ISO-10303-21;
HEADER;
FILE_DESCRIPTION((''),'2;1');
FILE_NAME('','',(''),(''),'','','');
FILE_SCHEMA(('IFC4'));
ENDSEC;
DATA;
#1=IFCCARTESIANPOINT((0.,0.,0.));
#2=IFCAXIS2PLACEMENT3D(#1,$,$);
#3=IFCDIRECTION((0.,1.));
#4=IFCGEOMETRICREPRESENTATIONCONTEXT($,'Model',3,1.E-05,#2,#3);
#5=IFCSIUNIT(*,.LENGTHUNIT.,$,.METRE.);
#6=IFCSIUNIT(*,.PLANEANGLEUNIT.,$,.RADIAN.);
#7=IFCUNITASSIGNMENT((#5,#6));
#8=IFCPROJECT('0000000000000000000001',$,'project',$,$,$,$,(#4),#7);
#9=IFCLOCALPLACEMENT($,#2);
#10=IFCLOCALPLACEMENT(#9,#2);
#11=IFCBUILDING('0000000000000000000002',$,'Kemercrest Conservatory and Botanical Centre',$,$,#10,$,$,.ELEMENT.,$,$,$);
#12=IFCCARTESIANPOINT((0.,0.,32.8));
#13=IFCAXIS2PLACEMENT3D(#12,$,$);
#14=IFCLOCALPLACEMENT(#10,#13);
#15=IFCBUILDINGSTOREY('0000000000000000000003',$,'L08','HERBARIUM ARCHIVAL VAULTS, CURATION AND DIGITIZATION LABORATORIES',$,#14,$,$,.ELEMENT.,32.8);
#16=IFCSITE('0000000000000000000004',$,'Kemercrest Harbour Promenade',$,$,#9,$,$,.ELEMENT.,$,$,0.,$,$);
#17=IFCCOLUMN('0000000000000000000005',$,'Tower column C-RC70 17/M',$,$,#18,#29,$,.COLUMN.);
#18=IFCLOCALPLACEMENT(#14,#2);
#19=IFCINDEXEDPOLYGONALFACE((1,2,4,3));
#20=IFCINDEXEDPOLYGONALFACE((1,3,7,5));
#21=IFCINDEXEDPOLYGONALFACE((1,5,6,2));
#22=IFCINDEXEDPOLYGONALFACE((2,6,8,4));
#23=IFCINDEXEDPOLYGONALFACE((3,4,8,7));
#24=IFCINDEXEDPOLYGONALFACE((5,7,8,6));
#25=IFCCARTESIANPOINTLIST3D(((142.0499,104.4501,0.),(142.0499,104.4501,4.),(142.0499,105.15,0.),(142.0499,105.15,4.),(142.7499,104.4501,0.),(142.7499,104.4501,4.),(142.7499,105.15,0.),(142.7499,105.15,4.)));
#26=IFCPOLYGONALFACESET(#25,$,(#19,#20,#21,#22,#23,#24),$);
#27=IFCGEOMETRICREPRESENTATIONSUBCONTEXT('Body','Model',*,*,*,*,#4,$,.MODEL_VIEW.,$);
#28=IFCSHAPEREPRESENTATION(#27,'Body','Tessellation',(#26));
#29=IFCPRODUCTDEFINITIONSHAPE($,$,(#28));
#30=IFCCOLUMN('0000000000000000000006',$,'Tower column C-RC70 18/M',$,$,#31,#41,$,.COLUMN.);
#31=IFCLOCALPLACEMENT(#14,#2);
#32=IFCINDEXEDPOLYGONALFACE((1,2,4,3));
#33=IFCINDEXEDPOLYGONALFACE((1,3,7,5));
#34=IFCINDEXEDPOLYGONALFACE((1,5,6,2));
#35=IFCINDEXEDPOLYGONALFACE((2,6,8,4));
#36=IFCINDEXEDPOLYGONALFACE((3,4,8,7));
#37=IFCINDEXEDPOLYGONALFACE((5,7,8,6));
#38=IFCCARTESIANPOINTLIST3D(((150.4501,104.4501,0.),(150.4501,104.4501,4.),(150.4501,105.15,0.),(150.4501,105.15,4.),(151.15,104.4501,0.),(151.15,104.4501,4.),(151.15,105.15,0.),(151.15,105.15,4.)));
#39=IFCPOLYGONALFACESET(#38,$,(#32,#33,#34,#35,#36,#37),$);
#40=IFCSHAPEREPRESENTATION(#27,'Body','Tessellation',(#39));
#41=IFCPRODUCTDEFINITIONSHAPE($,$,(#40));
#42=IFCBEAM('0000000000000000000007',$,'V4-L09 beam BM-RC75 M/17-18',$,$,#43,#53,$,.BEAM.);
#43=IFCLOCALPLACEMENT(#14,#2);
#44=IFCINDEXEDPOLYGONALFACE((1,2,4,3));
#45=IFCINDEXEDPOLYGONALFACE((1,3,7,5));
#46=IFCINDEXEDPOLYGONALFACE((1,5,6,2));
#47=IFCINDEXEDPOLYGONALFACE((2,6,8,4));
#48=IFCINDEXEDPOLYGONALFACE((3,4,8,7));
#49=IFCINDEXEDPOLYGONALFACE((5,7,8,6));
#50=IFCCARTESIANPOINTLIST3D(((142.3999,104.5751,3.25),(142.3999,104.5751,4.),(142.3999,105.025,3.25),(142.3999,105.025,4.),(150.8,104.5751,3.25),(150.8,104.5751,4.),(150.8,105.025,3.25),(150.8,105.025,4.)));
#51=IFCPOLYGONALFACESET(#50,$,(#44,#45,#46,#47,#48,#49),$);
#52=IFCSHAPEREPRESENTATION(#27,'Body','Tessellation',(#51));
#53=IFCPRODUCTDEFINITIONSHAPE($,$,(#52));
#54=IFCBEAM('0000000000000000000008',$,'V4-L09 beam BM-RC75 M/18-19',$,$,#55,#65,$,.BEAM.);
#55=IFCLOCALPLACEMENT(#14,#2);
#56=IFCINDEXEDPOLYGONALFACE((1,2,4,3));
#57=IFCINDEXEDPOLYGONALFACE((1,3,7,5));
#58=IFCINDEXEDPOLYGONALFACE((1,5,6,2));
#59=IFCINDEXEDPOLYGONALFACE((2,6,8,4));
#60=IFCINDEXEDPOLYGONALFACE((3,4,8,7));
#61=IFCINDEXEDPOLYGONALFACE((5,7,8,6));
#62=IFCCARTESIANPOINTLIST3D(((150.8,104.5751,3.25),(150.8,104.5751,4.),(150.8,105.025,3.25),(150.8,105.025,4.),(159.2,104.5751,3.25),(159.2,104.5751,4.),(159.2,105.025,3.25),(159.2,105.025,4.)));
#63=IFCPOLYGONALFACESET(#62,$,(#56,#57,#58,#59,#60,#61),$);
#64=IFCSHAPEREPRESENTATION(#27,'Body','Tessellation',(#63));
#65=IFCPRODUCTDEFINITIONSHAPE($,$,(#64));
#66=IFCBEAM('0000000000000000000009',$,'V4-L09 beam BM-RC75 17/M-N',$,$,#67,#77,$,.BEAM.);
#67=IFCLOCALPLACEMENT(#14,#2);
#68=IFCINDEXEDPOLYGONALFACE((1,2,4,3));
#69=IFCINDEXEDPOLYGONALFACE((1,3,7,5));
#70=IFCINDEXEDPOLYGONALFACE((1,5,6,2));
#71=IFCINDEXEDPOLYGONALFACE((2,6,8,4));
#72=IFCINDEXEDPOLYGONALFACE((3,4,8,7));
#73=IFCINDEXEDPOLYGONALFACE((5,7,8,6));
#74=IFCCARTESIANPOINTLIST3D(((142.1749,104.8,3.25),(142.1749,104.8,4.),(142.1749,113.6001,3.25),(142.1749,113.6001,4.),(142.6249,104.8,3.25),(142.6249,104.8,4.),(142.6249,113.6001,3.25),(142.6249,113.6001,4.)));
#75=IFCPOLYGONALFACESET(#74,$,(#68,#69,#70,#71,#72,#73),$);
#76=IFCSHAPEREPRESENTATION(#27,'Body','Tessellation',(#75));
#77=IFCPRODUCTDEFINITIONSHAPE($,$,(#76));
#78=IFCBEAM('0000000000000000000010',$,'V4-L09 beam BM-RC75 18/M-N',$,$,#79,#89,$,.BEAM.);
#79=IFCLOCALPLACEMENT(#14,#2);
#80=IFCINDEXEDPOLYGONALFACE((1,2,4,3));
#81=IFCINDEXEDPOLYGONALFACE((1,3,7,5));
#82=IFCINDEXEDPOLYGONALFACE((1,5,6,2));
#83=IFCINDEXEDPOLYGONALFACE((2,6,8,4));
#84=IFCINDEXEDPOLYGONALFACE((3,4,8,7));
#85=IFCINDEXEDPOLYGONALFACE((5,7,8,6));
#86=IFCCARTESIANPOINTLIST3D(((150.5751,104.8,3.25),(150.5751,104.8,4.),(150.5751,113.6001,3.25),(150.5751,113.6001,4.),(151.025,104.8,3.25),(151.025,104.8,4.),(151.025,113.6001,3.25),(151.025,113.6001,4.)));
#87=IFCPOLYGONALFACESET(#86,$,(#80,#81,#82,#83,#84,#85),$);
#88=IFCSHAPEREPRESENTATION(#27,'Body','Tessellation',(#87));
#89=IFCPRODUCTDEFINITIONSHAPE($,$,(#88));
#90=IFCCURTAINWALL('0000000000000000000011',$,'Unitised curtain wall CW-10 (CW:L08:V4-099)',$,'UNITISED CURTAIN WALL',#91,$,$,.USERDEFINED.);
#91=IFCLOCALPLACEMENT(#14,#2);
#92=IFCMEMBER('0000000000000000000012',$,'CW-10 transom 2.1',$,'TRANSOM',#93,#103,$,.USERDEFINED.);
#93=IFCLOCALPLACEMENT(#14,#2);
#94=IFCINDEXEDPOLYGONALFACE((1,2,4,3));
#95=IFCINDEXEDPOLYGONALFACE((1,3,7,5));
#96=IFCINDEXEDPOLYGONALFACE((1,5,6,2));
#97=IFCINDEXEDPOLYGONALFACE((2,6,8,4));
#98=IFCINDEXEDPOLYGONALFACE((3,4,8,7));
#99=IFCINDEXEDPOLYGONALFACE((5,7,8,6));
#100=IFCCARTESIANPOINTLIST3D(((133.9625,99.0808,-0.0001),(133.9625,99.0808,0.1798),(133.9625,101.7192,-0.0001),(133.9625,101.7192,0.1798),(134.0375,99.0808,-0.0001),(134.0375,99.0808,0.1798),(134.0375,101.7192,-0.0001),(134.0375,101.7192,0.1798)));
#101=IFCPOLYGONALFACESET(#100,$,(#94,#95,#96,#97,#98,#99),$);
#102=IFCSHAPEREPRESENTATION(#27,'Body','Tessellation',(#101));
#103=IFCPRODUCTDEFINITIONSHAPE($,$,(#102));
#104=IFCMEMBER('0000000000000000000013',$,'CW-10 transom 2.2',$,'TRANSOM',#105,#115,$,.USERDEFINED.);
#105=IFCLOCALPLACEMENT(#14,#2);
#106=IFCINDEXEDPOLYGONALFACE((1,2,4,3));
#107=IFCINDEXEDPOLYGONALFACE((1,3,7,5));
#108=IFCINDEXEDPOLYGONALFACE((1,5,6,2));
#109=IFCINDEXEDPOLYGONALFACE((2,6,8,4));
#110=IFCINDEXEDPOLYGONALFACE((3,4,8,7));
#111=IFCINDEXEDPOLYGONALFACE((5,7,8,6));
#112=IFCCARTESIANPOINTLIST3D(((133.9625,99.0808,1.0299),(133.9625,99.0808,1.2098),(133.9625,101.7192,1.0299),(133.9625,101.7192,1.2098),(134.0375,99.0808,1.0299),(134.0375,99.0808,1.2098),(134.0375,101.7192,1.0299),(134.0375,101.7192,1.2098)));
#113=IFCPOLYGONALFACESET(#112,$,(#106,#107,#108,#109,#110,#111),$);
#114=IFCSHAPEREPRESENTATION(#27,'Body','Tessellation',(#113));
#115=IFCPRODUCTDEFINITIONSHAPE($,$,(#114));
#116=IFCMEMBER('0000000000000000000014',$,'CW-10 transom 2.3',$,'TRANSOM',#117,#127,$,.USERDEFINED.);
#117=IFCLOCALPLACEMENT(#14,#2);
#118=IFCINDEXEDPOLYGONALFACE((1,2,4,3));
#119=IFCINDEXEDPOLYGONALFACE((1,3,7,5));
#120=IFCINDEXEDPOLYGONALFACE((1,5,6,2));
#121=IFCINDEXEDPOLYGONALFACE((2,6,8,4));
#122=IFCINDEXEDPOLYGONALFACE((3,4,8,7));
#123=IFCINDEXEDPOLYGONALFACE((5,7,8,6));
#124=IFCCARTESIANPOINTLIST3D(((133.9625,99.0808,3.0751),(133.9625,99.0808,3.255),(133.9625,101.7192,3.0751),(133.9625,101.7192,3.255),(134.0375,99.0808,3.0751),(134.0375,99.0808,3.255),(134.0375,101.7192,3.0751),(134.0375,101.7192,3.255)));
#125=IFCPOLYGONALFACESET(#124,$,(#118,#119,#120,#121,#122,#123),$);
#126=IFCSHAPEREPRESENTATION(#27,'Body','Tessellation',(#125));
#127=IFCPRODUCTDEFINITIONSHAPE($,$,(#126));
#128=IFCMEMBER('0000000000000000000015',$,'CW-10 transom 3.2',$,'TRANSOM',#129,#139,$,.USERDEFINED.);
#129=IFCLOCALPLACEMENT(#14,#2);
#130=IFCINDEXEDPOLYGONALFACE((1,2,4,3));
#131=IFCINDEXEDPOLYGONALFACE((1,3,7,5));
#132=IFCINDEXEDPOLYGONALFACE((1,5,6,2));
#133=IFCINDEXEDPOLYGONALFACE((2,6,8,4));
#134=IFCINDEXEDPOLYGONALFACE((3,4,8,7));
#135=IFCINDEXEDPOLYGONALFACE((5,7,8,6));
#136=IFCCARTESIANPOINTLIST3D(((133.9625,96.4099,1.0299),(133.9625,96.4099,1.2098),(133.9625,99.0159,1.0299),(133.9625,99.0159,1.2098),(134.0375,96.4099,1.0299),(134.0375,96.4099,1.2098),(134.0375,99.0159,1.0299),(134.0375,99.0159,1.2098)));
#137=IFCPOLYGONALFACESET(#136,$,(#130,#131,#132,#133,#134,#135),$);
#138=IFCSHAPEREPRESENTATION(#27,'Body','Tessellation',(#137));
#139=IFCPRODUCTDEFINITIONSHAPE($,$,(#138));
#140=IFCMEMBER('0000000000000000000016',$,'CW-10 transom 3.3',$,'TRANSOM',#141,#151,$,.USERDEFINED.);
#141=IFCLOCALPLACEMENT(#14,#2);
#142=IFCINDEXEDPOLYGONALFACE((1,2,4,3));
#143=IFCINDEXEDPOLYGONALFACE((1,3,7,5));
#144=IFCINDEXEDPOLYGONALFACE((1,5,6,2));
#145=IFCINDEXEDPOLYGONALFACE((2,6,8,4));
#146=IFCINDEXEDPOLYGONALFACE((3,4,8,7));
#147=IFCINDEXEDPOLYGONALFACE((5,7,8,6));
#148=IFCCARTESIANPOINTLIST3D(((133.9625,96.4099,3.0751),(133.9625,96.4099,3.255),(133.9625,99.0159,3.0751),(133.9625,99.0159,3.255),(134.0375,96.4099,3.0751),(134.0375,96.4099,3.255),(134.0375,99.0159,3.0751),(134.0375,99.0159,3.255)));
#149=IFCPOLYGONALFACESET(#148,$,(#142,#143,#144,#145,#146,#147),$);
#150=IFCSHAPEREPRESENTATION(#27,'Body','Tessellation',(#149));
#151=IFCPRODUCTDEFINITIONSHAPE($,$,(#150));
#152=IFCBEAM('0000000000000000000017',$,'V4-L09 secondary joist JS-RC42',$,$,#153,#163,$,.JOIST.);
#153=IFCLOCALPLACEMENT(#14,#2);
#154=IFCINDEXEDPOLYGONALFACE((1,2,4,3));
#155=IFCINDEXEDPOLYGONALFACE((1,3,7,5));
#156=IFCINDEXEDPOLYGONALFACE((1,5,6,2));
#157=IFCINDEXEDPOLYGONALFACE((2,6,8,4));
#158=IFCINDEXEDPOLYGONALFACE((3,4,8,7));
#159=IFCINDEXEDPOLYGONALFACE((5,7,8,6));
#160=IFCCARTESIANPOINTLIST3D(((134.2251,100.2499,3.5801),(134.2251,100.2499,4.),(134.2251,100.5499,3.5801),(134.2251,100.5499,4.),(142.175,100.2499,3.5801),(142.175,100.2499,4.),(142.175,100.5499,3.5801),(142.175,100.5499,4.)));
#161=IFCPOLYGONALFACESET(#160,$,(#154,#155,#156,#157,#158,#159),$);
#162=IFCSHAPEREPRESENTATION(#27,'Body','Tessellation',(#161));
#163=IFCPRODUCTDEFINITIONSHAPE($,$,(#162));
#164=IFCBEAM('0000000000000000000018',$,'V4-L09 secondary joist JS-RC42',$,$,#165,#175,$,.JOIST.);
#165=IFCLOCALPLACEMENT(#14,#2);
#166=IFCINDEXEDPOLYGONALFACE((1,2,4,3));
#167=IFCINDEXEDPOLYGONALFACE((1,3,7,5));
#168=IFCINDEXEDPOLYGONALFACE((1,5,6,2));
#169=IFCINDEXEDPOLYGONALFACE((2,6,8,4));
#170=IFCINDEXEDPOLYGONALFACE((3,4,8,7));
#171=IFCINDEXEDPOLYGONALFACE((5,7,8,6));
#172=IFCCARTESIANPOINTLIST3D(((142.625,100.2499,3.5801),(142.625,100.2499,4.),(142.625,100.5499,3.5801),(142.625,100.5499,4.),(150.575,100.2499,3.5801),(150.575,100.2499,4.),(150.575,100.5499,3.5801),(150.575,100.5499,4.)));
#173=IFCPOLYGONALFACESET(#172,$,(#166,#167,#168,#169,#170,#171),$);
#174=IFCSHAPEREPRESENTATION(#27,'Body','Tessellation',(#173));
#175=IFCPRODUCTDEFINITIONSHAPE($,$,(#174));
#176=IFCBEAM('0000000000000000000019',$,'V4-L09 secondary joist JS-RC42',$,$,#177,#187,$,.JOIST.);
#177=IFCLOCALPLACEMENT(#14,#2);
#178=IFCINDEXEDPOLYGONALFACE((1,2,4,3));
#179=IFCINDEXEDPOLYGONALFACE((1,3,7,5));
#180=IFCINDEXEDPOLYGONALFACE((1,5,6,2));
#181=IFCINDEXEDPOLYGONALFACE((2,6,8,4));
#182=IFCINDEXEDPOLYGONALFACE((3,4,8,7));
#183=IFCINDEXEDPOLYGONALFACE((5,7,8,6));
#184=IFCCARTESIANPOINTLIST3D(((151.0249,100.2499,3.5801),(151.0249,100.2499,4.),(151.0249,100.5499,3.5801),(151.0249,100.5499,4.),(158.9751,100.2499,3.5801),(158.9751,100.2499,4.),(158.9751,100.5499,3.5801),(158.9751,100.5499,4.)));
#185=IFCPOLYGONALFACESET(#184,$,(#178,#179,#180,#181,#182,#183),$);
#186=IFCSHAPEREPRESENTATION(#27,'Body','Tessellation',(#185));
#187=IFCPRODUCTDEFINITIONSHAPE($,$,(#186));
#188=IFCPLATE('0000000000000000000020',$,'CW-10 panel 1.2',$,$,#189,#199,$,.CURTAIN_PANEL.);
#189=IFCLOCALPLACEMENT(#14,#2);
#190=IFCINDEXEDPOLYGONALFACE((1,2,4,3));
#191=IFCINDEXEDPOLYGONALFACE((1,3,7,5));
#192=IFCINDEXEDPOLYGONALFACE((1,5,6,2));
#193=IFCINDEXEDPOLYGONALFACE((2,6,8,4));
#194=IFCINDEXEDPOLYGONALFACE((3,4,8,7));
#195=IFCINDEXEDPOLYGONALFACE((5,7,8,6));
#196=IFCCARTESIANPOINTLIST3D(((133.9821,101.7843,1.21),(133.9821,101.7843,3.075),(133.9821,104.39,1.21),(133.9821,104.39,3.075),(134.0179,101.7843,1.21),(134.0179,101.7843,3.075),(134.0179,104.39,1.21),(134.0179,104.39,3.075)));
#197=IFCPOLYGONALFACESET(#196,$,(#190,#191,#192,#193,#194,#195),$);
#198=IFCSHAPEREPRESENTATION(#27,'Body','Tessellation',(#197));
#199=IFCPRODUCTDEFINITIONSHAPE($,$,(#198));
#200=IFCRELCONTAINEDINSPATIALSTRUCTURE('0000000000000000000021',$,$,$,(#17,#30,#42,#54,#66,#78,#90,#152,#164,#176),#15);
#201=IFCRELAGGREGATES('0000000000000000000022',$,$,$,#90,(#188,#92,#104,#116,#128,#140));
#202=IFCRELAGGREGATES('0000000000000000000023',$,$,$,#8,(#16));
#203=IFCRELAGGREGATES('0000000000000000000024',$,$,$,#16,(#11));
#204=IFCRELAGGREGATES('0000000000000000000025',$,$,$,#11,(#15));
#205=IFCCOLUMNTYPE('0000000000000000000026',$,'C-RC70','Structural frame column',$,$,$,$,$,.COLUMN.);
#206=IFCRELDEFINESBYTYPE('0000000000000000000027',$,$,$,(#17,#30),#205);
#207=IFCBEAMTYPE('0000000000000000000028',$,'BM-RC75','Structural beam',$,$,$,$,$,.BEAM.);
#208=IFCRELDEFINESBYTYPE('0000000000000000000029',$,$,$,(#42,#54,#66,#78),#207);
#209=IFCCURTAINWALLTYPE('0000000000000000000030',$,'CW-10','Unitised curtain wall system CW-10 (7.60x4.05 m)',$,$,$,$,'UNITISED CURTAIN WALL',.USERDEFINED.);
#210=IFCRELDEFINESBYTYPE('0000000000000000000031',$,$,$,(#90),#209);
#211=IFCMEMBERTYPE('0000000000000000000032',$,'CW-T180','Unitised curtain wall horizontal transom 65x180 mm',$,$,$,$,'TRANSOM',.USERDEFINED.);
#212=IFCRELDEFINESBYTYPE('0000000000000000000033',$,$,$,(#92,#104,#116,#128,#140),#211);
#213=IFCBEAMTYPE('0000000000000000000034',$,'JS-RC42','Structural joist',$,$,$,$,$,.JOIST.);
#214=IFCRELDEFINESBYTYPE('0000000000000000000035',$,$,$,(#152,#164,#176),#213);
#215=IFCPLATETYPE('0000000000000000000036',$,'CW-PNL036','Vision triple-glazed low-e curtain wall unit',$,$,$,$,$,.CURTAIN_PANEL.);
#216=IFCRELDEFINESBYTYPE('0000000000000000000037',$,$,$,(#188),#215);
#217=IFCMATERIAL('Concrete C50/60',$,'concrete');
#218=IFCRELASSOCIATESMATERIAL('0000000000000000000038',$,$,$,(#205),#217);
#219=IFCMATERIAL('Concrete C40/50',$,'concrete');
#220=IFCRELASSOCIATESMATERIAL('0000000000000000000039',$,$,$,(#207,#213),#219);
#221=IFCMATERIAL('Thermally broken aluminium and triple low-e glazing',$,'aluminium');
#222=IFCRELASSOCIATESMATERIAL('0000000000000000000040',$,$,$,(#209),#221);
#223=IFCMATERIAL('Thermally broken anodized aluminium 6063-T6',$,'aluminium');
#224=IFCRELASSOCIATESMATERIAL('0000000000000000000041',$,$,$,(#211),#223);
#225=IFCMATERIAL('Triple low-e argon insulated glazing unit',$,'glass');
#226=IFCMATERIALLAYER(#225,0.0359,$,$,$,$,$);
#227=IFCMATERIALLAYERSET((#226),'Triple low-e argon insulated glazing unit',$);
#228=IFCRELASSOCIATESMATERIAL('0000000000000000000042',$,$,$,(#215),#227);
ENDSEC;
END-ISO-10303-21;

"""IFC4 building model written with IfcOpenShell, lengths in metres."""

from ifc_helpers import new_model, si_unit, direction, frame, origin, origin_2d, place, context, subcontext, project, spatial, rectangle, extrude, material, layer, layer_set, material_profile, profile_set, type_object, element, aggregate, save


model = new_model("IFC4")

# Units and contexts
model_context = context("Model", 3, precision=1e-05, world=origin(), true_north=direction((0.0, 1.0)))
body_context = subcontext(model_context, "Body", "Model", "MODEL_VIEW")
ifc_project = project(units=[si_unit("LENGTHUNIT", "METRE"), si_unit("PLANEANGLEUNIT", "RADIAN")], contexts=[model_context])

# Site, building, storey
site_placement = place(None, origin())
site = spatial("IfcSite", under=ifc_project, at=site_placement, Name="Kemercrest Harbour Promenade", CompositionType="ELEMENT", RefElevation=0.0)
building_placement = place(site_placement, origin())
building = spatial("IfcBuilding", under=site, at=building_placement, Name="Kemercrest Conservatory and Botanical Centre", CompositionType="ELEMENT")
storey_placement = place(building_placement, frame((0.0, 0.0, 32.8)))
storey = spatial("IfcBuildingStorey", under=building, at=storey_placement, Name="L08", Description="HERBARIUM ARCHIVAL VAULTS, CURATION AND DIGITIZATION LABORATORIES", CompositionType="ELEMENT", Elevation=32.8)

# Columns
ifc_material_1 = material(Name="Concrete C50/60", Category="concrete")
ifc_material_profile_1 = material_profile(ifc_material_1, rectangle(XDim=0.7, YDim=0.7, at=origin_2d()), Name="RC 700x700")
ifc_profile_set_1 = profile_set([ifc_material_profile_1], Name="Concrete C50/60")
column_type = type_object("IfcColumnType", Name="C-RC70", Description="Structural frame column", PredefinedType="COLUMN", material=ifc_profile_set_1)
for number, where, z_axis, x_axis, name in (
    (1, (142.3999, 104.8, 0.0), (0.0, 0.0, 1.0), (1.0, 0.0, 0.0), "Tower column C-RC70 17/M"),
    (2, (150.8, 104.8, 0.0), (0.0, 0.0, 1.0), (1.0, 0.0, 0.0), "Tower column C-RC70 18/M"),
):
    element("IfcColumn", number, at=place(storey_placement, frame(where, z_axis=z_axis, x_axis=x_axis)), inside=storey, type_object=column_type, Name=name, PredefinedType="COLUMN", context=body_context, shape_type="SweptSolid", body=[
        extrude(rectangle(XDim=0.7, YDim=0.7, at=origin_2d()), origin(), (0.0, 0.0, 1.0), 4.0),
    ])

# Beams
ifc_material_2 = material(Name="Concrete C40/50", Category="concrete")
ifc_material_profile_2 = material_profile(ifc_material_2, rectangle(XDim=0.45, YDim=0.75, at=origin_2d()), Name="RC 450x750")
ifc_profile_set_2 = profile_set([ifc_material_profile_2], Name="Concrete C40/50")
beam_type_1 = type_object("IfcBeamType", Name="BM-RC75", Description="Structural beam", PredefinedType="BEAM", material=ifc_profile_set_2)
beam_1_placement = place(storey_placement, frame((142.3999, 104.8, 3.625), z_axis=(1.0, 0.0, 0.0), x_axis=(0.0, 1.0, 0.0)))
element("IfcBeam", 3, at=beam_1_placement, inside=storey, type_object=beam_type_1, Name="V4-L09 beam BM-RC75 M/17-18", PredefinedType="BEAM", context=body_context, shape_type="SweptSolid", body=[
    extrude(rectangle(XDim=0.45, YDim=0.75, at=origin_2d()), origin(), (0.0, 0.0, 1.0), 8.4001),
])
beam_2_placement = place(storey_placement, frame((150.8, 104.8, 3.625), z_axis=(1.0, 0.0, 0.0), x_axis=(0.0, 1.0, 0.0)))
element("IfcBeam", 4, at=beam_2_placement, inside=storey, type_object=beam_type_1, Name="V4-L09 beam BM-RC75 M/18-19", PredefinedType="BEAM", context=body_context, shape_type="SweptSolid", body=[
    extrude(rectangle(XDim=0.45, YDim=0.75, at=origin_2d()), origin(), (0.0, 0.0, 1.0), 8.3999),
])
for number, where, z_axis, x_axis, name in (
    (5, (142.3999, 104.8, 3.625), (0.0, 1.0, 0.0), (-1.0, 0.0, 0.0), "V4-L09 beam BM-RC75 17/M-N"),
    (6, (150.8, 104.8, 3.625), (0.0, 1.0, 0.0), (-1.0, 0.0, 0.0), "V4-L09 beam BM-RC75 18/M-N"),
):
    element("IfcBeam", number, at=place(storey_placement, frame(where, z_axis=z_axis, x_axis=x_axis)), inside=storey, type_object=beam_type_1, Name=name, PredefinedType="BEAM", context=body_context, shape_type="SweptSolid", body=[
        extrude(rectangle(XDim=0.45, YDim=0.75, at=origin_2d()), origin(), (0.0, 0.0, 1.0), 8.8),
    ])

# Curtain wall, members
ifc_material_3 = material(Name="Thermally broken aluminium and triple low-e glazing", Category="aluminium")
curtain_wall_type = type_object("IfcCurtainWallType", Name="CW-10", Description="Unitised curtain wall system CW-10 (7.60x4.05 m)", ElementType="UNITISED CURTAIN WALL", PredefinedType="USERDEFINED", material=ifc_material_3)
curtain_wall_placement = place(storey_placement, origin())
curtain_wall = element("IfcCurtainWall", 7, at=curtain_wall_placement, inside=storey, type_object=curtain_wall_type, Name="Unitised curtain wall CW-10 (CW:L08:V4-099)", ObjectType="UNITISED CURTAIN WALL", PredefinedType="USERDEFINED")
ifc_material_4 = material(Name="Thermally broken anodized aluminium 6063-T6", Category="aluminium")
ifc_material_profile_3 = material_profile(ifc_material_4, rectangle(XDim=0.075, YDim=0.1799, at=origin_2d()), Name="AL TRANSOM 75x180")
ifc_profile_set_3 = profile_set([ifc_material_profile_3], Name="Thermally broken anodized aluminium 6063-T6")
member_type = type_object("IfcMemberType", Name="CW-T180", Description="Unitised curtain wall horizontal transom 65x180 mm", ElementType="TRANSOM", PredefinedType="USERDEFINED", material=ifc_profile_set_3)
member_1_placement = place(storey_placement, frame((134.0, 101.7192, 0.0898), z_axis=(0.0, -1.0, 0.0), x_axis=(1.0, 0.0, 0.0)))
member_1 = element("IfcMember", 8, at=member_1_placement, type_object=member_type, Name="CW-10 transom 2.1", ObjectType="TRANSOM", PredefinedType="USERDEFINED", context=body_context, shape_type="SweptSolid", body=[
    extrude(rectangle(XDim=0.075, YDim=0.1799, at=origin_2d()), origin(), (0.0, 0.0, 1.0), 2.6384),
])
member_2_placement = place(storey_placement, frame((134.0, 101.7192, 1.1199), z_axis=(0.0, -1.0, 0.0), x_axis=(1.0, 0.0, 0.0)))
member_2 = element("IfcMember", 9, at=member_2_placement, type_object=member_type, Name="CW-10 transom 2.2", ObjectType="TRANSOM", PredefinedType="USERDEFINED", context=body_context, shape_type="SweptSolid", body=[
    extrude(rectangle(XDim=0.075, YDim=0.1799, at=origin_2d()), origin(), (0.0, 0.0, 1.0), 2.6384),
])
member_3_placement = place(storey_placement, frame((134.0, 101.7192, 3.165), z_axis=(0.0, -1.0, 0.0), x_axis=(1.0, 0.0, 0.0)))
member_3 = element("IfcMember", 10, at=member_3_placement, type_object=member_type, Name="CW-10 transom 2.3", ObjectType="TRANSOM", PredefinedType="USERDEFINED", context=body_context, shape_type="SweptSolid", body=[
    extrude(rectangle(XDim=0.075, YDim=0.1799, at=origin_2d()), origin(), (0.0, 0.0, 1.0), 2.6384),
])
member_4_placement = place(storey_placement, frame((134.0, 99.0159, 1.1199), z_axis=(0.0, -1.0, 0.0), x_axis=(1.0, 0.0, 0.0)))
member_4 = element("IfcMember", 11, at=member_4_placement, type_object=member_type, Name="CW-10 transom 3.2", ObjectType="TRANSOM", PredefinedType="USERDEFINED", context=body_context, shape_type="SweptSolid", body=[
    extrude(rectangle(XDim=0.075, YDim=0.1799, at=origin_2d()), origin(), (0.0, 0.0, 1.0), 2.606),
])
member_5_placement = place(storey_placement, frame((134.0, 99.0159, 3.165), z_axis=(0.0, -1.0, 0.0), x_axis=(1.0, 0.0, 0.0)))
member_5 = element("IfcMember", 12, at=member_5_placement, type_object=member_type, Name="CW-10 transom 3.3", ObjectType="TRANSOM", PredefinedType="USERDEFINED", context=body_context, shape_type="SweptSolid", body=[
    extrude(rectangle(XDim=0.075, YDim=0.1799, at=origin_2d()), origin(), (0.0, 0.0, 1.0), 2.606),
])

# Beams
ifc_material_profile_4 = material_profile(ifc_material_2, rectangle(XDim=0.3, YDim=0.4199, at=origin_2d()), Name="RC 300x420")
ifc_profile_set_4 = profile_set([ifc_material_profile_4], Name="Concrete C40/50")
beam_type_2 = type_object("IfcBeamType", Name="JS-RC42", Description="Structural joist", PredefinedType="JOIST", material=ifc_profile_set_4)
for number, where, z_axis, x_axis, name in (
    (13, (134.2251, 100.3999, 3.79), (1.0, 0.0, 0.0), (0.0, 1.0, 0.0), "V4-L09 secondary joist JS-RC42"),
    (14, (142.625, 100.3999, 3.79), (1.0, 0.0, 0.0), (0.0, 1.0, 0.0), "V4-L09 secondary joist JS-RC42"),
):
    element("IfcBeam", number, at=place(storey_placement, frame(where, z_axis=z_axis, x_axis=x_axis)), inside=storey, type_object=beam_type_2, Name=name, PredefinedType="JOIST", context=body_context, shape_type="SweptSolid", body=[
        extrude(rectangle(XDim=0.3, YDim=0.4199, at=origin_2d()), origin(), (0.0, 0.0, 1.0), 7.95),
    ])
beam_3_placement = place(storey_placement, frame((151.0249, 100.3999, 3.79), z_axis=(1.0, 0.0, 0.0), x_axis=(0.0, 1.0, 0.0)))
element("IfcBeam", 15, at=beam_3_placement, inside=storey, type_object=beam_type_2, Name="V4-L09 secondary joist JS-RC42", PredefinedType="JOIST", context=body_context, shape_type="SweptSolid", body=[
    extrude(rectangle(XDim=0.3, YDim=0.4199, at=origin_2d()), origin(), (0.0, 0.0, 1.0), 7.9502),
])

# Plate
ifc_material_5 = material(Name="Triple low-e argon insulated glazing unit", Category="glass")
ifc_layer_1 = layer(ifc_material_5, 0.0359)
ifc_layer_set_1 = layer_set([ifc_layer_1], Name="Triple low-e argon insulated glazing unit")
plate_type = type_object("IfcPlateType", Name="CW-PNL036", Description="Vision triple-glazed low-e curtain wall unit", PredefinedType="CURTAIN_PANEL", material=ifc_layer_set_1)
plate_1_placement = place(storey_placement, frame((134.0, 103.0872, 1.21), z_axis=(0.0, 0.0, 1.0), x_axis=(0.0, -1.0, 0.0)))
plate_1 = element("IfcPlate", 16, at=plate_1_placement, type_object=plate_type, Name="CW-10 panel 1.2", PredefinedType="CURTAIN_PANEL", context=body_context, shape_type="SweptSolid", body=[
    extrude(rectangle(XDim=2.6057, YDim=0.0359, at=origin_2d()), origin(), (0.0, 0.0, 1.0), 1.865),
])
aggregate(curtain_wall, [plate_1, member_1, member_2, member_3, member_4, member_5])

save(model, "model.ifc")
